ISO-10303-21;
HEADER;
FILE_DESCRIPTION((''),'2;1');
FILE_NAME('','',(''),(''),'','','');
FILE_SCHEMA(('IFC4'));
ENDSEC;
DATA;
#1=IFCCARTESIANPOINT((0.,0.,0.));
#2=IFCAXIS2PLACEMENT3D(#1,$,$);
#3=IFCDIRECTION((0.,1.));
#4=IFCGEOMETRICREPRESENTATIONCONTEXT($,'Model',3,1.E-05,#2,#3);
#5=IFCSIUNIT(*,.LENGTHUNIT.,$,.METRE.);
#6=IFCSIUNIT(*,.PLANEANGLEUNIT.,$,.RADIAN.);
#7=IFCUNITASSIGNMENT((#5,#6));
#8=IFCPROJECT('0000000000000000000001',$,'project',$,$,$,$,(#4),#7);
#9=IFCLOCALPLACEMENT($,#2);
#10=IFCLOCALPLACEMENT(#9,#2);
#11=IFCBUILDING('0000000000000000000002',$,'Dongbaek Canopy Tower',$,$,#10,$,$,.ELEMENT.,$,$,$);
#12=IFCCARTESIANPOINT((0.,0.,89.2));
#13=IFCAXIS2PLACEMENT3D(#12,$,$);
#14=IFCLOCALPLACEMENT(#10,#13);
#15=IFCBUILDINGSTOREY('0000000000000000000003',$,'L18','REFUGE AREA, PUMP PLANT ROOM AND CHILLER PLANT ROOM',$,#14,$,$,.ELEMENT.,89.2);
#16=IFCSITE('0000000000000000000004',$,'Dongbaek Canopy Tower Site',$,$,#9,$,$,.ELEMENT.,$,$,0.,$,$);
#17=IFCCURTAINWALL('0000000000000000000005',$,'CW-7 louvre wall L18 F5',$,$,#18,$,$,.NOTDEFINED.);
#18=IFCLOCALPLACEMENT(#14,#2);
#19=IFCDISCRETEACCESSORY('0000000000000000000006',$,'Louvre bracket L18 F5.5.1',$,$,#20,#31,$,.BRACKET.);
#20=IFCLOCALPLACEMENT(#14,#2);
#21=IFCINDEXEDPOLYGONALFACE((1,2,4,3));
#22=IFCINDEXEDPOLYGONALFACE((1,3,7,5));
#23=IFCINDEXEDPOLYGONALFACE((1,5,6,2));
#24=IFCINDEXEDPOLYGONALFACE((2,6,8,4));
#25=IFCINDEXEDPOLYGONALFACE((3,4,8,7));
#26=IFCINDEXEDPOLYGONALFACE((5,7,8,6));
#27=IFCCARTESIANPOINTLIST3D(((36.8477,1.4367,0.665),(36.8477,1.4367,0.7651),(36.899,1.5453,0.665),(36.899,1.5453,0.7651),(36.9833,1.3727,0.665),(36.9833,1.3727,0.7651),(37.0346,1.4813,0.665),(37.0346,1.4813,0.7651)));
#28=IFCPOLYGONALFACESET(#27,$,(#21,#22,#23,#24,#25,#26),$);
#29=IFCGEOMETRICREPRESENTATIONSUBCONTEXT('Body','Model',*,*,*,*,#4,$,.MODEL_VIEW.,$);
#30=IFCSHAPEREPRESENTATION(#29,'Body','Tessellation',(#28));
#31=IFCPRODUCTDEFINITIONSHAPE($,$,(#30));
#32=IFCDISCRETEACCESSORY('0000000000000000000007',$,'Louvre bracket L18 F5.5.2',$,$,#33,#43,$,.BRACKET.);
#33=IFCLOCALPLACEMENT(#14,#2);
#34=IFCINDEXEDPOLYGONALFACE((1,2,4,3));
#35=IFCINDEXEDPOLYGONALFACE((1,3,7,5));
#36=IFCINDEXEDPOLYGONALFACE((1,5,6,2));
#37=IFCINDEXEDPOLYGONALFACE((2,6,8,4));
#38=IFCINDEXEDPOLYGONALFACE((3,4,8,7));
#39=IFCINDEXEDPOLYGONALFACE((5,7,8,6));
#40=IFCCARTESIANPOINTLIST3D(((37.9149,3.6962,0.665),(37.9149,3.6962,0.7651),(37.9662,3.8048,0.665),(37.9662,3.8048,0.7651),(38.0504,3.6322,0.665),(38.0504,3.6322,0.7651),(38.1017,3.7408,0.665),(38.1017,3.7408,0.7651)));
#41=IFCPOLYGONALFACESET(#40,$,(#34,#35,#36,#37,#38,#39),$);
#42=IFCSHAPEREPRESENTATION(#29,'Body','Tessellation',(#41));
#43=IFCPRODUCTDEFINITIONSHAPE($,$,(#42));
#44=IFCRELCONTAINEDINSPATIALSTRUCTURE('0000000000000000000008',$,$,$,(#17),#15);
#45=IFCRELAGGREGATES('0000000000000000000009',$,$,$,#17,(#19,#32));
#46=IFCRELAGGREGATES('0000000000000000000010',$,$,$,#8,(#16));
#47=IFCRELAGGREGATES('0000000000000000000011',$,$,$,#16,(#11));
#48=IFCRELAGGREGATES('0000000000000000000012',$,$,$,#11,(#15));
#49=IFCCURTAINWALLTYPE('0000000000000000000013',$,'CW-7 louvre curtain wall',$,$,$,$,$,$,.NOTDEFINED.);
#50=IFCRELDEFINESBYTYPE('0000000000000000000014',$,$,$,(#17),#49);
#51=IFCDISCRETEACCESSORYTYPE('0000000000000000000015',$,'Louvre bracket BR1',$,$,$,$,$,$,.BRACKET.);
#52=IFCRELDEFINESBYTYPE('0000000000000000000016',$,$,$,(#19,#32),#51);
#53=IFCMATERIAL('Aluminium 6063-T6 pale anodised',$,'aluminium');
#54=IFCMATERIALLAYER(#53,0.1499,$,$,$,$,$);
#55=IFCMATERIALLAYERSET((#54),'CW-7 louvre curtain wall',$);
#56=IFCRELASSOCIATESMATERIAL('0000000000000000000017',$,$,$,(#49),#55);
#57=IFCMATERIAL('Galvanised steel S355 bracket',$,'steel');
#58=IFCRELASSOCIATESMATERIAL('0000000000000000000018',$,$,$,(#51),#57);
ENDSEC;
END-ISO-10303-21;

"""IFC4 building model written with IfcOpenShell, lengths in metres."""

from ifc_helpers import new_model, si_unit, direction, frame, origin, origin_2d, place, context, subcontext, project, spatial, rectangle, extrude, material, layer, layer_set, type_object, element, aggregate, save


model = new_model("IFC4")

# Units and contexts
model_context = context("Model", 3, precision=1e-05, world=origin(), true_north=direction((0.0, 1.0)))
body_context = subcontext(model_context, "Body", "Model", "MODEL_VIEW")
ifc_project = project(units=[si_unit("LENGTHUNIT", "METRE"), si_unit("PLANEANGLEUNIT", "RADIAN")], contexts=[model_context])

# Site, building, storey
site_placement = place(None, origin())
site = spatial("IfcSite", under=ifc_project, at=site_placement, Name="Dongbaek Canopy Tower Site", CompositionType="ELEMENT", RefElevation=0.0)
building_placement = place(site_placement, origin())
building = spatial("IfcBuilding", under=site, at=building_placement, Name="Dongbaek Canopy Tower", CompositionType="ELEMENT")
storey_placement = place(building_placement, frame((0.0, 0.0, 89.2)))
storey = spatial("IfcBuildingStorey", under=building, at=storey_placement, Name="L18", Description="REFUGE AREA, PUMP PLANT ROOM AND CHILLER PLANT ROOM", CompositionType="ELEMENT", Elevation=89.2)

# Shared definitions
ifc_material_1 = material(Name="Aluminium 6063-T6 pale anodised", Category="aluminium")
ifc_layer_1 = layer(ifc_material_1, 0.1499)
ifc_layer_set_1 = layer_set([ifc_layer_1], Name="CW-7 louvre curtain wall")
curtain_wall_type = type_object("IfcCurtainWallType", Name="CW-7 louvre curtain wall", PredefinedType="NOTDEFINED", material=ifc_layer_set_1)

# Curtain wall
curtain_wall_1_placement = place(storey_placement, origin())
curtain_wall_1 = element("IfcCurtainWall", 1, at=curtain_wall_1_placement, inside=storey, type_object=curtain_wall_type, Name="CW-7 louvre wall L18 F5", PredefinedType="NOTDEFINED")

# Discrete accessories
ifc_material_2 = material(Name="Galvanised steel S355 bracket", Category="steel")
discrete_accessory_type_1 = type_object("IfcDiscreteAccessoryType", Name="Louvre bracket BR1", PredefinedType="BRACKET", material=ifc_material_2)
discrete_accessory_1_placement = place(storey_placement, frame((36.9412, 1.459, 0.665), z_axis=(0.0, 0.0, 1.0), x_axis=(0.427039, 0.904233, 0.0)))
discrete_accessory_1 = element("IfcDiscreteAccessory", 2, at=discrete_accessory_1_placement, type_object=discrete_accessory_type_1, Name="Louvre bracket L18 F5.5.1", PredefinedType="BRACKET", context=body_context, shape_type="SweptSolid", body=[
    extrude(rectangle(XDim=0.1201, YDim=0.1499, at=origin_2d()), origin(), (0.0, 0.0, 1.0), 0.1001),
])
discrete_accessory_2_placement = place(storey_placement, frame((38.0083, 3.7185, 0.665), z_axis=(0.0, 0.0, 1.0), x_axis=(0.427039, 0.904233, 0.0)))
discrete_accessory_2 = element("IfcDiscreteAccessory", 3, at=discrete_accessory_2_placement, type_object=discrete_accessory_type_1, Name="Louvre bracket L18 F5.5.2", PredefinedType="BRACKET", context=body_context, shape_type="SweptSolid", body=[
    extrude(rectangle(XDim=0.1201, YDim=0.1499, at=origin_2d()), origin(), (0.0, 0.0, 1.0), 0.1001),
])
aggregate(curtain_wall_1, [discrete_accessory_1, discrete_accessory_2])

save(model, "model.ifc")
